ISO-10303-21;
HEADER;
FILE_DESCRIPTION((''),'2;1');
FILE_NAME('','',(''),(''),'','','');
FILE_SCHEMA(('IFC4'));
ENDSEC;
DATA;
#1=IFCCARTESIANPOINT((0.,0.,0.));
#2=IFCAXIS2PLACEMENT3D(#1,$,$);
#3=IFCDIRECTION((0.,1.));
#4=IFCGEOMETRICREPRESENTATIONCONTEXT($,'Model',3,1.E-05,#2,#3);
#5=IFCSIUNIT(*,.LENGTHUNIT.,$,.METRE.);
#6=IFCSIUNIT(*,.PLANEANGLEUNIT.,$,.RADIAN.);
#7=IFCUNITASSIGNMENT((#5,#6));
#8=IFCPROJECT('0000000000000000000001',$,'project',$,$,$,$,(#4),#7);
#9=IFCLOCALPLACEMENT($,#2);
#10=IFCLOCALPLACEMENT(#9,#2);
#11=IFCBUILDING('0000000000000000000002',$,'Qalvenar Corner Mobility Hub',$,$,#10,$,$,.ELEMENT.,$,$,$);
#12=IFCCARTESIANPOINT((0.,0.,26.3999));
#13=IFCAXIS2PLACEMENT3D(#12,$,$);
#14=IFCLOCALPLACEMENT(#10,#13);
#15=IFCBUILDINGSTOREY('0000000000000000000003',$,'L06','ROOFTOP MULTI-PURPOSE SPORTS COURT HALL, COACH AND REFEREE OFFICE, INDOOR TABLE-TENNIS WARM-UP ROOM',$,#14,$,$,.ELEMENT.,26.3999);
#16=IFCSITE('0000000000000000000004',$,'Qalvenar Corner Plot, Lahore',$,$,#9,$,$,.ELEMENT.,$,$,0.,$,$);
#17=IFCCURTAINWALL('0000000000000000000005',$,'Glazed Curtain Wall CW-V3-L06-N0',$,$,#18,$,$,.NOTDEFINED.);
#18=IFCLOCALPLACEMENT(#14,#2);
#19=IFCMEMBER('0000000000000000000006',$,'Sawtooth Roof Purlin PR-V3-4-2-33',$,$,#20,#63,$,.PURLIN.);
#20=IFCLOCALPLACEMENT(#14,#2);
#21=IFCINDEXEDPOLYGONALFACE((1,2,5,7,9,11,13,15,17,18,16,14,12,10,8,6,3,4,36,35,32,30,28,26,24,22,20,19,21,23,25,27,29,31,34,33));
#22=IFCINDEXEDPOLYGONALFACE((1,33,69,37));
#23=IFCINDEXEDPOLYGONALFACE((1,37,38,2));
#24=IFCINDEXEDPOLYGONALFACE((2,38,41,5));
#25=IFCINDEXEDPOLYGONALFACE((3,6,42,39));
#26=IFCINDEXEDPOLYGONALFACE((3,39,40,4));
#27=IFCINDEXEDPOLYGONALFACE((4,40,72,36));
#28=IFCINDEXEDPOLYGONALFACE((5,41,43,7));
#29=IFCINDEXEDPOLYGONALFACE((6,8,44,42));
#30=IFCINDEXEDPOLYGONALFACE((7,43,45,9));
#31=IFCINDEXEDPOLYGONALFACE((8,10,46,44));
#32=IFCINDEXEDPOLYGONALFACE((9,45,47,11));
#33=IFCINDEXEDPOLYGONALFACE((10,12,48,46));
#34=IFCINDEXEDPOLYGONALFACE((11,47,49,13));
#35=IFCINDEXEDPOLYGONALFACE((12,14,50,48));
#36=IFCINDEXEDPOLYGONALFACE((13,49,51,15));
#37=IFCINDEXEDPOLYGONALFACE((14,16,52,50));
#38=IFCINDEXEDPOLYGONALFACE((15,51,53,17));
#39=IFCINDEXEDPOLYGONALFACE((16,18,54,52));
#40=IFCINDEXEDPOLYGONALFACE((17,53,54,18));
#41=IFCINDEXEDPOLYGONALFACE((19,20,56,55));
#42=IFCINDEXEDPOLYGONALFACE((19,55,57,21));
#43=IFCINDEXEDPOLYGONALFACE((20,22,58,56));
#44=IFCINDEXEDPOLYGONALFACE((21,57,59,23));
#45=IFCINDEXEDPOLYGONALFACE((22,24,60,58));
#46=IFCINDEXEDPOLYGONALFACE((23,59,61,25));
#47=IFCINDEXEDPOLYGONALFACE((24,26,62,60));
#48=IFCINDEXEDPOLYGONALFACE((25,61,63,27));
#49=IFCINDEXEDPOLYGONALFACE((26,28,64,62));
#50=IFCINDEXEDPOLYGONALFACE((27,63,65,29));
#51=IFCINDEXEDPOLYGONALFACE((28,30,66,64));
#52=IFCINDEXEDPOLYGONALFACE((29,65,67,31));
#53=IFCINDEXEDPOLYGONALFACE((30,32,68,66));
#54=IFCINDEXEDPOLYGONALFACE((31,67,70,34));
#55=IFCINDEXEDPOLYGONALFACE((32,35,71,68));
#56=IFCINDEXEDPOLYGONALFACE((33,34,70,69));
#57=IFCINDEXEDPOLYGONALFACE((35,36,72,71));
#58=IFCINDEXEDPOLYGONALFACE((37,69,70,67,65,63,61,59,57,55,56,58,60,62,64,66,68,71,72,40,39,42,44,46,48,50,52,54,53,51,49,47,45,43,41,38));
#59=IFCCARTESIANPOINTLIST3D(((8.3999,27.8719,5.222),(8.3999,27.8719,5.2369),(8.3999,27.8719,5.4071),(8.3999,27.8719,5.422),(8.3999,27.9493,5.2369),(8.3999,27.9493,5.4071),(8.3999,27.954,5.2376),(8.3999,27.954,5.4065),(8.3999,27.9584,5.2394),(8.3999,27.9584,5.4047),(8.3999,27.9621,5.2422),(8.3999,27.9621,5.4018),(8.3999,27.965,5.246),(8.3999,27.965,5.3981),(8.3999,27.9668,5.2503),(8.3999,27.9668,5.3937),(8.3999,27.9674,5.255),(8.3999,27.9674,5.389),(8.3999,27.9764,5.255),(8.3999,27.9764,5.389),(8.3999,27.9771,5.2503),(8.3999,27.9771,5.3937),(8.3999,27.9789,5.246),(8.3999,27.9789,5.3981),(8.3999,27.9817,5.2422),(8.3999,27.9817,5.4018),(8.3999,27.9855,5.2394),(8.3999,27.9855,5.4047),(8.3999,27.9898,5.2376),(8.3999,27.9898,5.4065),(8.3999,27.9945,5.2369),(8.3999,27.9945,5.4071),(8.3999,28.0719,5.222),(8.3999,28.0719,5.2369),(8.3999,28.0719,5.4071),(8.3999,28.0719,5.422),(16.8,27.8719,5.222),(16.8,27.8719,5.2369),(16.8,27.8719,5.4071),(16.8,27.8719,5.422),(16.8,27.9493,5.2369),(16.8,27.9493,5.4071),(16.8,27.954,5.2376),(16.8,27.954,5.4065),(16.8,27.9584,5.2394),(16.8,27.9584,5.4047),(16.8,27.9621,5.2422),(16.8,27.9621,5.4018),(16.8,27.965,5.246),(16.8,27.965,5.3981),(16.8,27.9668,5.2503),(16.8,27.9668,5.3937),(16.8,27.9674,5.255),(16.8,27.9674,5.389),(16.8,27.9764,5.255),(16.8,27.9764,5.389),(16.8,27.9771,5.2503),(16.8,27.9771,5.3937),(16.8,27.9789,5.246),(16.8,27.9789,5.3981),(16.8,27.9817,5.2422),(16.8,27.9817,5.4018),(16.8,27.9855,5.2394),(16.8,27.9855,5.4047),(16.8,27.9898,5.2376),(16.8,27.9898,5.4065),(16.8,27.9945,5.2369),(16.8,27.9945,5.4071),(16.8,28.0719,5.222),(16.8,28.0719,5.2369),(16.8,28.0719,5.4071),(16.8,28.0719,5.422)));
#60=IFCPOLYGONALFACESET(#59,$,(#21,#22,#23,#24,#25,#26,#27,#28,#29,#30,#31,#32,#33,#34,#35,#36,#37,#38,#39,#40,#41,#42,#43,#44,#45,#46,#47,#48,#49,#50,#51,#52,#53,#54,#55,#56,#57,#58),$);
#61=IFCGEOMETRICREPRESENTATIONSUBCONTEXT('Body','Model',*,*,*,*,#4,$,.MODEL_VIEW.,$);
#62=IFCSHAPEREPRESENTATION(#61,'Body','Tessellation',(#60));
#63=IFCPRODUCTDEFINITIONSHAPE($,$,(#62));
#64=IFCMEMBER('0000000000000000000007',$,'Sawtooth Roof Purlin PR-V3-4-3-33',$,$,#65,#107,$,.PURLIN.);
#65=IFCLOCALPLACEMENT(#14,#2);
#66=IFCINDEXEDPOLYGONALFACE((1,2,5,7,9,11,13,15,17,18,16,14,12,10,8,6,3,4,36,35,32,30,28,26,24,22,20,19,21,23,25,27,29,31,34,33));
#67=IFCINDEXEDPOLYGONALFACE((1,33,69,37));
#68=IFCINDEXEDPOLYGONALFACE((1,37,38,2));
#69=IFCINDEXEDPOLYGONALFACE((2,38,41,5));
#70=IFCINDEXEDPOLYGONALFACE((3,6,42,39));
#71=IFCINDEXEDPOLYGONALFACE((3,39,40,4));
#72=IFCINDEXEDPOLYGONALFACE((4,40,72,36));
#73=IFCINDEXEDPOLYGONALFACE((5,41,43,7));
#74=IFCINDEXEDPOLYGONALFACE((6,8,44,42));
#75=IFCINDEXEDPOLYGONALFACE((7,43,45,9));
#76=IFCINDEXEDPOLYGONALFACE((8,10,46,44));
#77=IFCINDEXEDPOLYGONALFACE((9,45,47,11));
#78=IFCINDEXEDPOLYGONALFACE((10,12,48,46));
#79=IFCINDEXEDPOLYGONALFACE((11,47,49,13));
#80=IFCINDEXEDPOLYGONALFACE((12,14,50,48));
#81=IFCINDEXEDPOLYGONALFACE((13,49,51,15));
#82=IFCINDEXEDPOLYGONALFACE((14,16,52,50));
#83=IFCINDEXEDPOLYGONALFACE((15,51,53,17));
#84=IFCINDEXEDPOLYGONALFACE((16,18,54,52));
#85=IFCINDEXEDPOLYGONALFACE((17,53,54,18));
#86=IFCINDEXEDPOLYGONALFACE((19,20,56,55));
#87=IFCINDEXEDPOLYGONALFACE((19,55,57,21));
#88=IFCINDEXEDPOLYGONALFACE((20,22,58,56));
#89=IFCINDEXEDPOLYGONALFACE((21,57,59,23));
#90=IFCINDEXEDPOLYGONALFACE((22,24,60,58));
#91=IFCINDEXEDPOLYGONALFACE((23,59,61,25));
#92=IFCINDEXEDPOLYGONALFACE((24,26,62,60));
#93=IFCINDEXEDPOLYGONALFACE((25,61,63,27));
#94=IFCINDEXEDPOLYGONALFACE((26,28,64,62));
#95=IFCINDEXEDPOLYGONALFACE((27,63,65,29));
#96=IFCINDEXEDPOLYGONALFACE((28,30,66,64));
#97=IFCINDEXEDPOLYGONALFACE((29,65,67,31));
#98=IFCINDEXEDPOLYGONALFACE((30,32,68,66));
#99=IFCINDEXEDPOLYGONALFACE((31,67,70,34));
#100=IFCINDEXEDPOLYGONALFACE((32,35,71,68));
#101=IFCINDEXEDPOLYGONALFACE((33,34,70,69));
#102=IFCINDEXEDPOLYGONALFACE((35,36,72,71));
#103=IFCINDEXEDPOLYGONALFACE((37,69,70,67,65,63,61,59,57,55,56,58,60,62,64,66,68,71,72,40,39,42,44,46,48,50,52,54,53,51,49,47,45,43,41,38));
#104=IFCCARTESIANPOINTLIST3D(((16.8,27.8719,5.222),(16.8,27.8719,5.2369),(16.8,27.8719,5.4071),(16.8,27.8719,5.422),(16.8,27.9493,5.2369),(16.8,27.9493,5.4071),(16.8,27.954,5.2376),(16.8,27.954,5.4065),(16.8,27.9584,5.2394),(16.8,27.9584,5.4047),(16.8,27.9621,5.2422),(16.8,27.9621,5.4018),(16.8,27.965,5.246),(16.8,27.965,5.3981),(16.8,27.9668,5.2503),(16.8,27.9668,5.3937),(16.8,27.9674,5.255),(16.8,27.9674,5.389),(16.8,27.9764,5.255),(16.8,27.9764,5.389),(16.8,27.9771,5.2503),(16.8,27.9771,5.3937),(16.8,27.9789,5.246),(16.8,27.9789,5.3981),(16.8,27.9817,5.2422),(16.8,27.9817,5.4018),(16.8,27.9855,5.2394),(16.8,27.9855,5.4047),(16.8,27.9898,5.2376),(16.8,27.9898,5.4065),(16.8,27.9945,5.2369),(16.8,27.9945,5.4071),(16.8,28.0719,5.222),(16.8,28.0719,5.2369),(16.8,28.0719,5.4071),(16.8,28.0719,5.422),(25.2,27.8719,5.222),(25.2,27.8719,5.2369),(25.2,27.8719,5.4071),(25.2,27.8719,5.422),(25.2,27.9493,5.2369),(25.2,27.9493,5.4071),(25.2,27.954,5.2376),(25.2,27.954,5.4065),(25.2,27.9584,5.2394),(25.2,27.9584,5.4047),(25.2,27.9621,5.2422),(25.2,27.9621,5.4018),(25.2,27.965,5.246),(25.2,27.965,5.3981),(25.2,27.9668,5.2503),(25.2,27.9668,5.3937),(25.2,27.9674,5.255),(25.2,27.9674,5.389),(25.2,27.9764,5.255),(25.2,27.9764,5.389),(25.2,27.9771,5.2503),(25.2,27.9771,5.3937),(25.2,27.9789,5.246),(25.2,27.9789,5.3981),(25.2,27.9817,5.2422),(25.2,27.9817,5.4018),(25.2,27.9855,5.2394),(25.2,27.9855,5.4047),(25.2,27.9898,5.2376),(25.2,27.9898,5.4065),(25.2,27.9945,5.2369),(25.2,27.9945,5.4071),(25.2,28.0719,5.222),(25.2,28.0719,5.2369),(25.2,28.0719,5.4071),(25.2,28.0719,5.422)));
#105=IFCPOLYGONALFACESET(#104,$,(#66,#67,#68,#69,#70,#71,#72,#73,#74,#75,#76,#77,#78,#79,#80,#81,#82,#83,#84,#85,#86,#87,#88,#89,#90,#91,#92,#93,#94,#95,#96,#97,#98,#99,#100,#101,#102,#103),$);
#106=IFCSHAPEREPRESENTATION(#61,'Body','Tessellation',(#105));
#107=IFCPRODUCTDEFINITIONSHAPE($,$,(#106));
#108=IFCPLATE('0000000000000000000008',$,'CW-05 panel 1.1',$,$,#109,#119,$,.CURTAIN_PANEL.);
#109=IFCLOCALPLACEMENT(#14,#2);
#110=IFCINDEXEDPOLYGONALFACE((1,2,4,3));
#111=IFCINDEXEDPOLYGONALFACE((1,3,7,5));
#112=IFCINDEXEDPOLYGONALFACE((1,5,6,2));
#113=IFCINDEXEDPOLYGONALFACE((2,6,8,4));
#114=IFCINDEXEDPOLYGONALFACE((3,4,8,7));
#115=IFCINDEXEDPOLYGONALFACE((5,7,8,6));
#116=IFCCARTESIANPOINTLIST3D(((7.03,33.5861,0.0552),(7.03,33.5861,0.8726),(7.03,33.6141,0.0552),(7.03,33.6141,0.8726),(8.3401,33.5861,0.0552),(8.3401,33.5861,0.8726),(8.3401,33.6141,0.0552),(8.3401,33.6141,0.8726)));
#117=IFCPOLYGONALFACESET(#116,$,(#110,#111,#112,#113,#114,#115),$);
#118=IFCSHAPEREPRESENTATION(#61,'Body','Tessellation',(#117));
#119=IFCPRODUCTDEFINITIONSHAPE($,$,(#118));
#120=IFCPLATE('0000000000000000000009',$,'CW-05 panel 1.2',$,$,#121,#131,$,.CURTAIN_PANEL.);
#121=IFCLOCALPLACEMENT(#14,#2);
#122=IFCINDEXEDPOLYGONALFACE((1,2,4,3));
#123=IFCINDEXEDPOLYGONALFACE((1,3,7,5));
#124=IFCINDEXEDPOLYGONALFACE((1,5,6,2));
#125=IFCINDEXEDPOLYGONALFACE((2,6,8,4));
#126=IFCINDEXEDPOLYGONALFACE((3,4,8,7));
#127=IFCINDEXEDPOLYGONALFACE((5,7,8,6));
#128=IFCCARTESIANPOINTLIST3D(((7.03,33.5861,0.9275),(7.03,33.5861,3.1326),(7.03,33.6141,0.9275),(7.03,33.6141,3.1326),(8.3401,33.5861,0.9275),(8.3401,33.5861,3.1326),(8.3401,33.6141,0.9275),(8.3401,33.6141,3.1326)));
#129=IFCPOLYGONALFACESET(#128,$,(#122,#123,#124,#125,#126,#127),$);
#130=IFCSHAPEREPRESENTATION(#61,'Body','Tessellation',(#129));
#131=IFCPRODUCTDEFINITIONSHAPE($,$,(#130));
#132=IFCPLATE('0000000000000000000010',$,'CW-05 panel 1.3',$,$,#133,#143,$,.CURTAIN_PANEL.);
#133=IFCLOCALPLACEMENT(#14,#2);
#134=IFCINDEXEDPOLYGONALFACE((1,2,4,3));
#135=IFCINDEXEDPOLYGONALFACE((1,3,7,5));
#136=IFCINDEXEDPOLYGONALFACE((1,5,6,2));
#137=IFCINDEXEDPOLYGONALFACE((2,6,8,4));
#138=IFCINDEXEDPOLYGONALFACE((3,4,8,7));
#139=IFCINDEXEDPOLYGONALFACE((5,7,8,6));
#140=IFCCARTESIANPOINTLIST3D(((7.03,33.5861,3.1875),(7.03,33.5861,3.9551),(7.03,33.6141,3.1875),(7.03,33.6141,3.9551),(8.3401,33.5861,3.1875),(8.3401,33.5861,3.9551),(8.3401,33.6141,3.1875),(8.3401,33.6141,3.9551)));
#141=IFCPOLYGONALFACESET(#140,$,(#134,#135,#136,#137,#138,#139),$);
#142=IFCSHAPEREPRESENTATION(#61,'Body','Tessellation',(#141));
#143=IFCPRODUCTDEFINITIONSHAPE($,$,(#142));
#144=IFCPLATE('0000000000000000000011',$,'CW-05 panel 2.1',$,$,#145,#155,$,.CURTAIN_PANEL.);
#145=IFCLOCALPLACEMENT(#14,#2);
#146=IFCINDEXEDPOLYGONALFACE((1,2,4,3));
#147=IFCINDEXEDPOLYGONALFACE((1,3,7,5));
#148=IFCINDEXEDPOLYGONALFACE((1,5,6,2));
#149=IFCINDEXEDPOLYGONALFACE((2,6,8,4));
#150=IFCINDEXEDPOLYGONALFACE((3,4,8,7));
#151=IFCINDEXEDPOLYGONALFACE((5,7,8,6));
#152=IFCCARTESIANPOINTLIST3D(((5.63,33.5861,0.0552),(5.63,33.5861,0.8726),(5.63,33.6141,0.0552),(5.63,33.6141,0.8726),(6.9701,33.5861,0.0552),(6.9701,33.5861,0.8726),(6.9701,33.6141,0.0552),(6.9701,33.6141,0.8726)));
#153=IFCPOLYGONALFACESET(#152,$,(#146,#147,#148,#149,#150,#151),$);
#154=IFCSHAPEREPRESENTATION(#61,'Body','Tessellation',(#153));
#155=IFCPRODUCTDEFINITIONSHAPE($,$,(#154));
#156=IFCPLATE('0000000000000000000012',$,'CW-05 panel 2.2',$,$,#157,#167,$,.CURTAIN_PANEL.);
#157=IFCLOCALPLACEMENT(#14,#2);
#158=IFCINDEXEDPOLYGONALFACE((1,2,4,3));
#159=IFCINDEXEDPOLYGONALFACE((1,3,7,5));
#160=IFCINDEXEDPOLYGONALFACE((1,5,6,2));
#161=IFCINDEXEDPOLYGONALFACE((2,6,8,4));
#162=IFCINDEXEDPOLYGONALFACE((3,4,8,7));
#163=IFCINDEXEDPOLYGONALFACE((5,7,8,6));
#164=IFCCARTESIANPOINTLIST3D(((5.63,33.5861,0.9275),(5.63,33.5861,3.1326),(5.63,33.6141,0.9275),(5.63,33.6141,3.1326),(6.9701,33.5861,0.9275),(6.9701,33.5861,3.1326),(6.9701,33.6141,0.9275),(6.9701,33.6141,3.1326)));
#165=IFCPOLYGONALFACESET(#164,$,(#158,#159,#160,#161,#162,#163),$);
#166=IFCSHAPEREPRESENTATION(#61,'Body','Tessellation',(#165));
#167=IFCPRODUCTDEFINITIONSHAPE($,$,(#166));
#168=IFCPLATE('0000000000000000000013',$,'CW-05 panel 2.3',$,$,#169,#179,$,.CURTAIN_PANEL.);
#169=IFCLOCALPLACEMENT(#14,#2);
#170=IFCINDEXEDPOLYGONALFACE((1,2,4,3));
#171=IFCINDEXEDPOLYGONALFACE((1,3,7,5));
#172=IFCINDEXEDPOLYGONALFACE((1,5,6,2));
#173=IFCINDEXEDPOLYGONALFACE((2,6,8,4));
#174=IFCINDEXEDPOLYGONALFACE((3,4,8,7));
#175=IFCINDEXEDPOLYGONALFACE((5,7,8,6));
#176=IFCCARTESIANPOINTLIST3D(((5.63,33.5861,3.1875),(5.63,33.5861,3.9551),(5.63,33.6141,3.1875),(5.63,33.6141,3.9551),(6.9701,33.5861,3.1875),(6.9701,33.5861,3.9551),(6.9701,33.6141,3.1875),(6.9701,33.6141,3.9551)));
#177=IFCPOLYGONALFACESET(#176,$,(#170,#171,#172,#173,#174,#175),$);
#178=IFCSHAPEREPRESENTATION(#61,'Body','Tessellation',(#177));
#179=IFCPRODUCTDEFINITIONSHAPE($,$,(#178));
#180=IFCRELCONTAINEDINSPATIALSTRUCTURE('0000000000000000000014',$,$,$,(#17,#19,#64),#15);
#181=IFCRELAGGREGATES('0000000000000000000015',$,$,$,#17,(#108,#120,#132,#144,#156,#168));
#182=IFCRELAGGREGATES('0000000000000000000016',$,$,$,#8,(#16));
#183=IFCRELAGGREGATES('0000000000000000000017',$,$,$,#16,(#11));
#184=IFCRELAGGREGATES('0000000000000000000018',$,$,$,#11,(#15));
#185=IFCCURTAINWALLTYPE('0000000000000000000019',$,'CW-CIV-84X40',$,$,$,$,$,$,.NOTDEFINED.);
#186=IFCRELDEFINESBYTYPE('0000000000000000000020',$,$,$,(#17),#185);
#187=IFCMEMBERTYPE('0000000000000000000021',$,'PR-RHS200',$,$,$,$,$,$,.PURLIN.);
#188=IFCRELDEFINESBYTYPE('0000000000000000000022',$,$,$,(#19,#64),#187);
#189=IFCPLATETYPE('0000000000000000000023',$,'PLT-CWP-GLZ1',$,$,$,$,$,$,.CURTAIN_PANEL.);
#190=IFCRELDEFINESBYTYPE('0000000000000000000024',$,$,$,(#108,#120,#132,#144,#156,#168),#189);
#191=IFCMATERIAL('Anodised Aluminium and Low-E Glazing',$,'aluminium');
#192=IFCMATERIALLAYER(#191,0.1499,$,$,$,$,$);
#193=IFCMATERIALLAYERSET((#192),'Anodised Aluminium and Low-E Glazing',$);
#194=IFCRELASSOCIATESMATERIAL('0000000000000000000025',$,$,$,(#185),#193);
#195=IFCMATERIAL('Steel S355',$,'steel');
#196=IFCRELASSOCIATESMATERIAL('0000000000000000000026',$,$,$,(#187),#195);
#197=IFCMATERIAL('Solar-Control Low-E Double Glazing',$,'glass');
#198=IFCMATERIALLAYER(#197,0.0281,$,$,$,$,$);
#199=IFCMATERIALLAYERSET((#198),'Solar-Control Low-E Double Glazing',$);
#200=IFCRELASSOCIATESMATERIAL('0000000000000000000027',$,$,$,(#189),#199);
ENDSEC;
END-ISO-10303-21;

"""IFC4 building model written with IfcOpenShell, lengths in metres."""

from ifc_helpers import new_model, si_unit, direction, frame, origin, origin_2d, place, context, subcontext, project, spatial, rectangle, i_section, extrude, material, layer, layer_set, material_profile, profile_set, type_object, element, aggregate, save


model = new_model("IFC4")

# Units and contexts
model_context = context("Model", 3, precision=1e-05, world=origin(), true_north=direction((0.0, 1.0)))
body_context = subcontext(model_context, "Body", "Model", "MODEL_VIEW")
ifc_project = project(units=[si_unit("LENGTHUNIT", "METRE"), si_unit("PLANEANGLEUNIT", "RADIAN")], contexts=[model_context])

# Site, building, storey
site_placement = place(None, origin())
site = spatial("IfcSite", under=ifc_project, at=site_placement, Name="Qalvenar Corner Plot, Lahore", CompositionType="ELEMENT", RefElevation=0.0)
building_placement = place(site_placement, origin())
building = spatial("IfcBuilding", under=site, at=building_placement, Name="Qalvenar Corner Mobility Hub", CompositionType="ELEMENT")
storey_placement = place(building_placement, frame((0.0, 0.0, 26.3999)))
storey = spatial("IfcBuildingStorey", under=building, at=storey_placement, Name="L06", Description="ROOFTOP MULTI-PURPOSE SPORTS COURT HALL, COACH AND REFEREE OFFICE, INDOOR TABLE-TENNIS WARM-UP ROOM", CompositionType="ELEMENT", Elevation=26.3999)

# Shared definitions
ifc_material_1 = material(Name="Steel S355", Category="steel")

# Curtain wall
ifc_material_2 = material(Name="Anodised Aluminium and Low-E Glazing", Category="aluminium")
ifc_layer_1 = layer(ifc_material_2, 0.1499)
ifc_layer_set_1 = layer_set([ifc_layer_1], Name="Anodised Aluminium and Low-E Glazing")
curtain_wall_type = type_object("IfcCurtainWallType", Name="CW-CIV-84X40", PredefinedType="NOTDEFINED", material=ifc_layer_set_1)
curtain_wall_placement = place(storey_placement, origin())
curtain_wall = element("IfcCurtainWall", 1, at=curtain_wall_placement, inside=storey, type_object=curtain_wall_type, Name="Glazed Curtain Wall CW-V3-L06-N0", PredefinedType="NOTDEFINED")

# Members
ifc_material_profile_1 = material_profile(ifc_material_1, i_section(OverallWidth=0.2, OverallDepth=0.2, WebThickness=0.009, FlangeThickness=0.0149, FilletRadius=0.0181, at=origin_2d()), Name="HEB200")
ifc_profile_set_1 = profile_set([ifc_material_profile_1], Name="Steel S355")
member_type_1 = type_object("IfcMemberType", Name="PR-RHS200", PredefinedType="PURLIN", material=ifc_profile_set_1)
member_1_placement = place(storey_placement, frame((8.3999, 27.9719, 5.322), z_axis=(1.0, 0.0, 0.0), x_axis=(0.0, 1.0, 0.0)))
element("IfcMember", 2, at=member_1_placement, inside=storey, type_object=member_type_1, Name="Sawtooth Roof Purlin PR-V3-4-2-33", PredefinedType="PURLIN", context=body_context, shape_type="SweptSolid", body=[
    extrude(i_section(OverallWidth=0.2, OverallDepth=0.2, WebThickness=0.009, FlangeThickness=0.0149, FilletRadius=0.0181, at=origin_2d()), origin(), (0.0, 0.0, 1.0), 8.4001),
])
member_2_placement = place(storey_placement, frame((16.8, 27.9719, 5.322), z_axis=(1.0, 0.0, 0.0), x_axis=(0.0, 1.0, 0.0)))
element("IfcMember", 3, at=member_2_placement, inside=storey, type_object=member_type_1, Name="Sawtooth Roof Purlin PR-V3-4-3-33", PredefinedType="PURLIN", context=body_context, shape_type="SweptSolid", body=[
    extrude(i_section(OverallWidth=0.2, OverallDepth=0.2, WebThickness=0.009, FlangeThickness=0.0149, FilletRadius=0.0181, at=origin_2d()), origin(), (0.0, 0.0, 1.0), 8.3999),
])

# Plates
ifc_material_3 = material(Name="Solar-Control Low-E Double Glazing", Category="glass")
ifc_layer_2 = layer(ifc_material_3, 0.0281)
ifc_layer_set_2 = layer_set([ifc_layer_2], Name="Solar-Control Low-E Double Glazing")
plate_type = type_object("IfcPlateType", Name="PLT-CWP-GLZ1", PredefinedType="CURTAIN_PANEL", material=ifc_layer_set_2)
plate_1_placement = place(storey_placement, frame((7.6851, 33.6001, 0.0552), z_axis=(0.0, 0.0, 1.0), x_axis=(-1.0, 0.0, 0.0)))
plate_1 = element("IfcPlate", 4, at=plate_1_placement, type_object=plate_type, Name="CW-05 panel 1.1", PredefinedType="CURTAIN_PANEL", context=body_context, shape_type="SweptSolid", body=[
    extrude(rectangle(XDim=1.3101, YDim=0.0281, at=origin_2d()), origin(), (0.0, 0.0, 1.0), 0.8174),
])
plate_2_placement = place(storey_placement, frame((7.6851, 33.6001, 0.9275), z_axis=(0.0, 0.0, 1.0), x_axis=(-1.0, 0.0, 0.0)))
plate_2 = element("IfcPlate", 5, at=plate_2_placement, type_object=plate_type, Name="CW-05 panel 1.2", PredefinedType="CURTAIN_PANEL", context=body_context, shape_type="SweptSolid", body=[
    extrude(rectangle(XDim=1.3101, YDim=0.0281, at=origin_2d()), origin(), (0.0, 0.0, 1.0), 2.2051),
])
plate_3_placement = place(storey_placement, frame((7.6851, 33.6001, 3.1875), z_axis=(0.0, 0.0, 1.0), x_axis=(-1.0, 0.0, 0.0)))
plate_3 = element("IfcPlate", 6, at=plate_3_placement, type_object=plate_type, Name="CW-05 panel 1.3", PredefinedType="CURTAIN_PANEL", context=body_context, shape_type="SweptSolid", body=[
    extrude(rectangle(XDim=1.3101, YDim=0.0281, at=origin_2d()), origin(), (0.0, 0.0, 1.0), 0.7676),
])
plate_4_placement = place(storey_placement, frame((6.3, 33.6001, 0.0552), z_axis=(0.0, 0.0, 1.0), x_axis=(-1.0, 0.0, 0.0)))
plate_4 = element("IfcPlate", 7, at=plate_4_placement, type_object=plate_type, Name="CW-05 panel 2.1", PredefinedType="CURTAIN_PANEL", context=body_context, shape_type="SweptSolid", body=[
    extrude(rectangle(XDim=1.3401, YDim=0.0281, at=origin_2d()), origin(), (0.0, 0.0, 1.0), 0.8174),
])
plate_5_placement = place(storey_placement, frame((6.3, 33.6001, 0.9275), z_axis=(0.0, 0.0, 1.0), x_axis=(-1.0, 0.0, 0.0)))
plate_5 = element("IfcPlate", 8, at=plate_5_placement, type_object=plate_type, Name="CW-05 panel 2.2", PredefinedType="CURTAIN_PANEL", context=body_context, shape_type="SweptSolid", body=[
    extrude(rectangle(XDim=1.3401, YDim=0.0281, at=origin_2d()), origin(), (0.0, 0.0, 1.0), 2.2051),
])
plate_6_placement = place(storey_placement, frame((6.3, 33.6001, 3.1875), z_axis=(0.0, 0.0, 1.0), x_axis=(-1.0, 0.0, 0.0)))
plate_6 = element("IfcPlate", 9, at=plate_6_placement, type_object=plate_type, Name="CW-05 panel 2.3", PredefinedType="CURTAIN_PANEL", context=body_context, shape_type="SweptSolid", body=[
    extrude(rectangle(XDim=1.3401, YDim=0.0281, at=origin_2d()), origin(), (0.0, 0.0, 1.0), 0.7676),
])
aggregate(curtain_wall, [plate_1, plate_2, plate_3, plate_4, plate_5, plate_6])

save(model, "model.ifc")
